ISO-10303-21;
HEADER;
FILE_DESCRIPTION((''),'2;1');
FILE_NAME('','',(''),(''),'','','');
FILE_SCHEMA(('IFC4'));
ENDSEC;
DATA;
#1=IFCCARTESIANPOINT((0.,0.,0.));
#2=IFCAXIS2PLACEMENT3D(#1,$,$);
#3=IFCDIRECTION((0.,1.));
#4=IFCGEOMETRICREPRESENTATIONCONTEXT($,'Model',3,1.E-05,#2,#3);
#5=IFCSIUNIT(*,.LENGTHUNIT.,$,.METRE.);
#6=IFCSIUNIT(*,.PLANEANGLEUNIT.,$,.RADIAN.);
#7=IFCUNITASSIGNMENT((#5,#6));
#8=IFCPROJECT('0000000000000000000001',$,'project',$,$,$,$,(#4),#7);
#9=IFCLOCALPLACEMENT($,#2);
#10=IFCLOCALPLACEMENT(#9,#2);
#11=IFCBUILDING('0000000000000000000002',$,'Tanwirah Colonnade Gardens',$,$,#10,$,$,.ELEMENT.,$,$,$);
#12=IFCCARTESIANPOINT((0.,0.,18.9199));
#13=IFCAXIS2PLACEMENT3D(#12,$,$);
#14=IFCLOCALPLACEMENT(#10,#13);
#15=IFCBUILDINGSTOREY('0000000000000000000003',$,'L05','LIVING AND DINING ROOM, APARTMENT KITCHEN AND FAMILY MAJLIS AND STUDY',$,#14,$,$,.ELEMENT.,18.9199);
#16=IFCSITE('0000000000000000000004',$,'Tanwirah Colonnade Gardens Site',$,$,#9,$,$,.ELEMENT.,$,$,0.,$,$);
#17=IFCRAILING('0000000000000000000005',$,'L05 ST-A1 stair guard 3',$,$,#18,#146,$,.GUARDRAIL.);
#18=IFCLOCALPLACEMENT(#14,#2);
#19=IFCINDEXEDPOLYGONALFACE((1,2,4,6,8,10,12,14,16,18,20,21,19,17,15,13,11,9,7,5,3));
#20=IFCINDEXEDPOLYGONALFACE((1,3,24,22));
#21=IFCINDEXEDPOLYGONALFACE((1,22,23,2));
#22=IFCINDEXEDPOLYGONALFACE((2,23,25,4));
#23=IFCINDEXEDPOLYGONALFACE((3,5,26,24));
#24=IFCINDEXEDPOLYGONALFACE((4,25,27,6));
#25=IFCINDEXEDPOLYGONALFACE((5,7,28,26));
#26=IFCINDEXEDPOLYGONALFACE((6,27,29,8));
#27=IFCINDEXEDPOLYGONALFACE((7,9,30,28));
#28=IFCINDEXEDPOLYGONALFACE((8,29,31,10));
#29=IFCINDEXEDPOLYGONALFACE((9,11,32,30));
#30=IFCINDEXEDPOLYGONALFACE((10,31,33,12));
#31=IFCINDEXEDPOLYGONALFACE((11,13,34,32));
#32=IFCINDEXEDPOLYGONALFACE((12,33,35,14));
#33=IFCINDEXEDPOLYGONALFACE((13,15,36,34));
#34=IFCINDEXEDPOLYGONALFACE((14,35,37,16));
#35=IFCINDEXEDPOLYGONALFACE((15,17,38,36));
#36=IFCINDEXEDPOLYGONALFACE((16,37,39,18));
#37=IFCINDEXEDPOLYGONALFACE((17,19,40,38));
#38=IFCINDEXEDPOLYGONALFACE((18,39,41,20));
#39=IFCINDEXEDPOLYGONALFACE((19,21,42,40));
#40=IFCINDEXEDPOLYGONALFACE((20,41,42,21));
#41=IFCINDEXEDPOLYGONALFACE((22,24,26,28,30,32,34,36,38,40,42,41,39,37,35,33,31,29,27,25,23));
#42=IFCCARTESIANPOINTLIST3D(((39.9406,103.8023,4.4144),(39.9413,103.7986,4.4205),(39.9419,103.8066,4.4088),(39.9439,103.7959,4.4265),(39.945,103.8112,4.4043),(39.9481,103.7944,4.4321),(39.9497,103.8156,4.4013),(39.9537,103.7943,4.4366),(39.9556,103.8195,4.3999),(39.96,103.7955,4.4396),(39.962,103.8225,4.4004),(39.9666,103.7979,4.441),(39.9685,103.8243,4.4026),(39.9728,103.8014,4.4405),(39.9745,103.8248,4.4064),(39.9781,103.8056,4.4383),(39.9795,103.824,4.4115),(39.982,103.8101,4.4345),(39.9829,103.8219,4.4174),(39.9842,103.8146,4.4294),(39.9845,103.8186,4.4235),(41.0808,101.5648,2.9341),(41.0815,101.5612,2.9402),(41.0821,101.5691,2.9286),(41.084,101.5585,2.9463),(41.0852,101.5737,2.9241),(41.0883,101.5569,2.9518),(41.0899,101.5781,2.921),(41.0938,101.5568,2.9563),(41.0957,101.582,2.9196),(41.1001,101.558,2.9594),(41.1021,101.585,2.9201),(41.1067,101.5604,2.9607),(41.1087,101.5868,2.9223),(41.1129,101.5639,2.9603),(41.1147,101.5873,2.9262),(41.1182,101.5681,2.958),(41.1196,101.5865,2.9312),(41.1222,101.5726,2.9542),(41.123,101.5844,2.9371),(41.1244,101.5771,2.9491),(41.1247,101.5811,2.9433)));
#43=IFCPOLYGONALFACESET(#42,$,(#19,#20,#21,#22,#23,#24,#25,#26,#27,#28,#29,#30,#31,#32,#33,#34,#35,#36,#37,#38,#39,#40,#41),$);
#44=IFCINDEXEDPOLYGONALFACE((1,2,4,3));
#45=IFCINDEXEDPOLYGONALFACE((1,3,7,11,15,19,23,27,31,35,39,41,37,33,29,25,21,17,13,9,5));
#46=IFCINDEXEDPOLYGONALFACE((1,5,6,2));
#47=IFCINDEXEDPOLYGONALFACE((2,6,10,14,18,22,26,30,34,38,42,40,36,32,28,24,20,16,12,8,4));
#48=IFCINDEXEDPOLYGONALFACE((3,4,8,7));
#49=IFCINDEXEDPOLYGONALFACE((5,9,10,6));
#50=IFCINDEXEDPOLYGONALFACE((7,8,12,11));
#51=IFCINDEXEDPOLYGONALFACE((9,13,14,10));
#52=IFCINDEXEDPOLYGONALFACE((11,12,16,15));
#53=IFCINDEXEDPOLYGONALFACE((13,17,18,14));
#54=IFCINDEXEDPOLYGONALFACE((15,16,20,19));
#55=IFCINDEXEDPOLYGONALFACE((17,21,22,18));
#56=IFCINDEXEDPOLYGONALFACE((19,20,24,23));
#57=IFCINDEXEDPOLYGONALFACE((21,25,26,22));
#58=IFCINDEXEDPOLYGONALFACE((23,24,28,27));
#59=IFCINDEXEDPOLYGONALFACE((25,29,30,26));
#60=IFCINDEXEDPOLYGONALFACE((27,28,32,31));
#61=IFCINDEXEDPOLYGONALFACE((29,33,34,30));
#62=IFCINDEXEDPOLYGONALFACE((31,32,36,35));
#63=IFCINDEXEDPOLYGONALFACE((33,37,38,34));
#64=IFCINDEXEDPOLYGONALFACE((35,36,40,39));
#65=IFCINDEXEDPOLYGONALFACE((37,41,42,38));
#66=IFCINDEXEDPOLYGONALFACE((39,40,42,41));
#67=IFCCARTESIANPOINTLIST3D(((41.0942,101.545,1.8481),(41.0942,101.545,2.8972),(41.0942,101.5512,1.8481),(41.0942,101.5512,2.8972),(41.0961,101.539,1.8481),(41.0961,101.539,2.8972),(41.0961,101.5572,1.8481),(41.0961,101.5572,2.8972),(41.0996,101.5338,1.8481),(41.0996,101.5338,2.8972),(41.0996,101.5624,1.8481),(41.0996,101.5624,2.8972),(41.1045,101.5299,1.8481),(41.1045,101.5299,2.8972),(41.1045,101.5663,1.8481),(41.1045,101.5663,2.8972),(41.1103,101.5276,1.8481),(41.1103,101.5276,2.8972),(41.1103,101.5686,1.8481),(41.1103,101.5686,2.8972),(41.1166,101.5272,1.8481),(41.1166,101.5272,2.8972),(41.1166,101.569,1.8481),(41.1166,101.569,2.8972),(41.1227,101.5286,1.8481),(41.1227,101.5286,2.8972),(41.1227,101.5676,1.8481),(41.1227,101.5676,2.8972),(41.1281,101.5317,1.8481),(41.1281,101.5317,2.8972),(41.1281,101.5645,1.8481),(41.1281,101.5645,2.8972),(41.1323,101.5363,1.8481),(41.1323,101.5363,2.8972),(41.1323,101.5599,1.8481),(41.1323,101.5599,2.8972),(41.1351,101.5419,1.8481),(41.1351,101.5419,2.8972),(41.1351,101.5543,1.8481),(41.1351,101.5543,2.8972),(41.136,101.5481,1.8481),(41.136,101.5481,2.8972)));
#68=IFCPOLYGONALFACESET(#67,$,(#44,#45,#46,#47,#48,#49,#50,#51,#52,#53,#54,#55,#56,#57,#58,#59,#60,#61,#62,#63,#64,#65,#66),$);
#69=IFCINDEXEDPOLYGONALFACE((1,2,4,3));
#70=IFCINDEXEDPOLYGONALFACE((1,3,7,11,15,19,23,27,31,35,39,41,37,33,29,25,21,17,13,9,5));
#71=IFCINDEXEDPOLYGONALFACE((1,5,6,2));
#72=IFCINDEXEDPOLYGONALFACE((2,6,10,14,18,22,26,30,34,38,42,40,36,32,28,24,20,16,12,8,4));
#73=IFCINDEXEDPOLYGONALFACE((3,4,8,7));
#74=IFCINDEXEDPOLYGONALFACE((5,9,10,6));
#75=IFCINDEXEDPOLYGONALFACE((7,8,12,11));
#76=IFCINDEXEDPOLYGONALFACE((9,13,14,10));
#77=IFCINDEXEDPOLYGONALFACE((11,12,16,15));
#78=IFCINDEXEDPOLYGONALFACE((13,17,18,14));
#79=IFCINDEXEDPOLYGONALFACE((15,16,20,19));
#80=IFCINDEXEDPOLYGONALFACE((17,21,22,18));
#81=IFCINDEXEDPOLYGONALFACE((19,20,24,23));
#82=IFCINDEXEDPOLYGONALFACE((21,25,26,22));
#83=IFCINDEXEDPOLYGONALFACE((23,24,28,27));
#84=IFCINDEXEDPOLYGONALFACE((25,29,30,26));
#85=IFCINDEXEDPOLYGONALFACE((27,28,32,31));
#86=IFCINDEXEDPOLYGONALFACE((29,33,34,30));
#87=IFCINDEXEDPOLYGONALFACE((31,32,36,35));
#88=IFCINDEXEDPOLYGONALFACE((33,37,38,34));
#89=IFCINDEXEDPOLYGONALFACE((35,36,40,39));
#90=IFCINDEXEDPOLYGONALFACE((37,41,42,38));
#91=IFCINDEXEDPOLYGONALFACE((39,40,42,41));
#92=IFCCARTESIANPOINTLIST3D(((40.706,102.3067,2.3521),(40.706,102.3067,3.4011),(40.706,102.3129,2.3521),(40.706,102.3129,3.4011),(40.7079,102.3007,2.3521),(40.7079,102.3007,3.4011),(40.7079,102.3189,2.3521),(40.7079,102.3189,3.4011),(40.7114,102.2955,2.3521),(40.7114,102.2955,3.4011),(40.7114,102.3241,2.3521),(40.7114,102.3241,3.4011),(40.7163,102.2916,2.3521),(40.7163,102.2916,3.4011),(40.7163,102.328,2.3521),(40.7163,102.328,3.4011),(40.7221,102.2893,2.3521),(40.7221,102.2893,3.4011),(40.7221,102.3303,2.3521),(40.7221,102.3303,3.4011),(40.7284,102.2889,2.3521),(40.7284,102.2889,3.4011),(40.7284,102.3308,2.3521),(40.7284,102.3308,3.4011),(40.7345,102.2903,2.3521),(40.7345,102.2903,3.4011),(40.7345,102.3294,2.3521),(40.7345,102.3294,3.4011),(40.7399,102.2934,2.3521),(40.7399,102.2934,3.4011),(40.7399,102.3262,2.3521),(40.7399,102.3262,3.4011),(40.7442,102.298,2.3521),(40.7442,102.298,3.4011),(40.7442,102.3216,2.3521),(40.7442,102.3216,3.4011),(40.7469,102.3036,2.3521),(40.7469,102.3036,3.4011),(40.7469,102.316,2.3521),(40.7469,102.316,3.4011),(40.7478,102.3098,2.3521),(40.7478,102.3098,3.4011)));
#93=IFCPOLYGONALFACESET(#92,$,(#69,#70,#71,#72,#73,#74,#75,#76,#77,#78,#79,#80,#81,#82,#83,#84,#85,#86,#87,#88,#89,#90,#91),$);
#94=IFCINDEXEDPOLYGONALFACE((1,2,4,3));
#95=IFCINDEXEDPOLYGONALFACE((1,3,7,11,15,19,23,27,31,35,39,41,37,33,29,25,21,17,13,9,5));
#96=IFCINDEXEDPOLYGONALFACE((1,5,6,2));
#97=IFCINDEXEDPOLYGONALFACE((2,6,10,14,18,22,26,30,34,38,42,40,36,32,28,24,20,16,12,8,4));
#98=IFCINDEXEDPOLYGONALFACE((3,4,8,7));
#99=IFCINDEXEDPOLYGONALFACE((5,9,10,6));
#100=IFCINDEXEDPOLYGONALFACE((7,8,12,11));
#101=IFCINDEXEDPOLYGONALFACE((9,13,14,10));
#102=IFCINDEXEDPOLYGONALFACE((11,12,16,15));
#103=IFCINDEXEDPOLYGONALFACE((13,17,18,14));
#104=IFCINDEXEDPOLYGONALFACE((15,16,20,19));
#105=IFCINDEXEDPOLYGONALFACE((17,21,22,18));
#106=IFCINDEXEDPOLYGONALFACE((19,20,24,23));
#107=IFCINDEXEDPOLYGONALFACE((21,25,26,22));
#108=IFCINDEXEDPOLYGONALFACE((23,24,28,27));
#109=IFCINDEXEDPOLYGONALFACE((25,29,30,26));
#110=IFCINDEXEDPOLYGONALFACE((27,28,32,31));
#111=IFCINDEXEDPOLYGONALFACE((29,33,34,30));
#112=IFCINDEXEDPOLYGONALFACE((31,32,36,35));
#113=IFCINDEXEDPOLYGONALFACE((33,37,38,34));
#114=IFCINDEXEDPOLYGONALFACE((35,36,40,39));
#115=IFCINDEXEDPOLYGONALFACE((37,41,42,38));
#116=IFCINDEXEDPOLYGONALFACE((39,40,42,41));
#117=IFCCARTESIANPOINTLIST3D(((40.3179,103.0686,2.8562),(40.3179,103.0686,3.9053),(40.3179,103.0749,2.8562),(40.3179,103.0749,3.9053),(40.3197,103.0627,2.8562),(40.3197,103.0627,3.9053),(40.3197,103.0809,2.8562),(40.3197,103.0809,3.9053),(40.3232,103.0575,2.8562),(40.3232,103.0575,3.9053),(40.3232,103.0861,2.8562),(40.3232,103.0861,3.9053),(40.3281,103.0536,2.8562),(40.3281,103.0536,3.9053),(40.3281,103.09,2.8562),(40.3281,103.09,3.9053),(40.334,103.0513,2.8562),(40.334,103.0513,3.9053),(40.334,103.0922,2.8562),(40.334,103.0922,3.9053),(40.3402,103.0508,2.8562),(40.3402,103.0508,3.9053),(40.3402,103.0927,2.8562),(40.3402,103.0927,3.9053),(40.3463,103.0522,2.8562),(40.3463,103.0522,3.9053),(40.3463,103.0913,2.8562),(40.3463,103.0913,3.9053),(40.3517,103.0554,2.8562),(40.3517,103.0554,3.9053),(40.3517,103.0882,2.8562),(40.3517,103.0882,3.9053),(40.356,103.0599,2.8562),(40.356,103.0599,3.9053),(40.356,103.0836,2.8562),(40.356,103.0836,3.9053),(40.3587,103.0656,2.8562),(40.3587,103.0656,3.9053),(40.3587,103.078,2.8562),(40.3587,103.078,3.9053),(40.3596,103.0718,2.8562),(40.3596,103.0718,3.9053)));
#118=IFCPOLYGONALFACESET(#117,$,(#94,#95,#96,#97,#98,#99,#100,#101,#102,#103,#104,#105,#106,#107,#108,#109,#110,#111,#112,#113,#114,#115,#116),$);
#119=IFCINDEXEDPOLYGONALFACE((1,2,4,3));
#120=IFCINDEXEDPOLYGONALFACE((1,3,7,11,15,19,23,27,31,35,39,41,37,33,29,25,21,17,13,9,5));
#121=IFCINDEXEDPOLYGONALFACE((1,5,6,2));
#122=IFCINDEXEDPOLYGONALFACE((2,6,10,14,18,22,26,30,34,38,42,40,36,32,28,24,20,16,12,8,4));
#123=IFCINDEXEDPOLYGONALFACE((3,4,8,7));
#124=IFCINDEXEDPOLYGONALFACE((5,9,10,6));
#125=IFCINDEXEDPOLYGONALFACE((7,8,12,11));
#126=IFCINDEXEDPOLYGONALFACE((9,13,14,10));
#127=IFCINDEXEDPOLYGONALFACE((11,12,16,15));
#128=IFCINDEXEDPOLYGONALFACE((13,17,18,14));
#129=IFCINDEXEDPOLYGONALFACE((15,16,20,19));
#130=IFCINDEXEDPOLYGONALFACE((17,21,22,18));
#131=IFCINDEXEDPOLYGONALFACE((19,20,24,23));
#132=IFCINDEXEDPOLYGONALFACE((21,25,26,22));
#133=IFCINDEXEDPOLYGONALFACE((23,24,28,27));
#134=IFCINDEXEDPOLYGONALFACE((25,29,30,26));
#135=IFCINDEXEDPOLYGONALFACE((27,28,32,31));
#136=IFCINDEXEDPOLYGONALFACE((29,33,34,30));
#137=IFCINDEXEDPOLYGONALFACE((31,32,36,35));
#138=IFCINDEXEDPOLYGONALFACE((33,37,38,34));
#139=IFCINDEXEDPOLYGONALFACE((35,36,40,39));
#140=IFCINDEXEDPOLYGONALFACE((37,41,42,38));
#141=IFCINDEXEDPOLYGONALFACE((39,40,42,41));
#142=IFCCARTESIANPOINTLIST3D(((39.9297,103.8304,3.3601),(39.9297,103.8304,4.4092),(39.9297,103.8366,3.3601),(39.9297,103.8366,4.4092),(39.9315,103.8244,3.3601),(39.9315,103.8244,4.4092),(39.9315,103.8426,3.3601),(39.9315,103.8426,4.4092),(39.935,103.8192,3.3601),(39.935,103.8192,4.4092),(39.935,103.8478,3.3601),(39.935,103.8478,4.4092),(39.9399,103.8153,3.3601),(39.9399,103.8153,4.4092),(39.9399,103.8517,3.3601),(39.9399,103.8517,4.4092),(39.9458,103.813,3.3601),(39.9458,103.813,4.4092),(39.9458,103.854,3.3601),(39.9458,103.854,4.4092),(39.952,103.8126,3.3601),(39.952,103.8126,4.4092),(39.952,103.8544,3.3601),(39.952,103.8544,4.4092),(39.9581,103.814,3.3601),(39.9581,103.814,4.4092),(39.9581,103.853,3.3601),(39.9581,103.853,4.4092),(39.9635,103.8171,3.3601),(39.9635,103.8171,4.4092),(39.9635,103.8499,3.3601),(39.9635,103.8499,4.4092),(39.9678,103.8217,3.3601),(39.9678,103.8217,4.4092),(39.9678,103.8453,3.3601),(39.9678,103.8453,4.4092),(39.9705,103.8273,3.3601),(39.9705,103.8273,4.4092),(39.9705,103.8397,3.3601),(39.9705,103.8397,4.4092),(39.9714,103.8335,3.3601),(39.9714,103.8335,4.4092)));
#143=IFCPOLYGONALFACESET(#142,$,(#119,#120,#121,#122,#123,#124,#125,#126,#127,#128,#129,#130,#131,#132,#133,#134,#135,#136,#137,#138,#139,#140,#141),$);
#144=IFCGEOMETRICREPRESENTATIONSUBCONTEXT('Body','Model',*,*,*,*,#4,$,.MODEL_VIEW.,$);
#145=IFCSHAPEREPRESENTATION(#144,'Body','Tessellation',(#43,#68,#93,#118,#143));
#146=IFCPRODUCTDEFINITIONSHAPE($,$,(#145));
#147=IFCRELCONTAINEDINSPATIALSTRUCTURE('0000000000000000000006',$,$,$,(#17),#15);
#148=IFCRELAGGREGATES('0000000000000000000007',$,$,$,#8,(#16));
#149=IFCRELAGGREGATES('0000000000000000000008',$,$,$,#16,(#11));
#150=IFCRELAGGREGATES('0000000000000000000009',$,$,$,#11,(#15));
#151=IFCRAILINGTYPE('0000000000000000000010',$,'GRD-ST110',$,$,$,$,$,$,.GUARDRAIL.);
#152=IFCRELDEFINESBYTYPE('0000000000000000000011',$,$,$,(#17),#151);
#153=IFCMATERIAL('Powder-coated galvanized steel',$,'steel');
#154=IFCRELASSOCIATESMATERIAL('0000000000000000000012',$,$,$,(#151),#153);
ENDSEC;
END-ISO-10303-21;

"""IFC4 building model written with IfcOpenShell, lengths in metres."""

from ifc_helpers import new_model, si_unit, direction, frame, origin, origin_2d, place, context, subcontext, project, spatial, circle, extrude, material, type_object, element, save


model = new_model("IFC4")

# Units and contexts
model_context = context("Model", 3, precision=1e-05, world=origin(), true_north=direction((0.0, 1.0)))
body_context = subcontext(model_context, "Body", "Model", "MODEL_VIEW")
ifc_project = project(units=[si_unit("LENGTHUNIT", "METRE"), si_unit("PLANEANGLEUNIT", "RADIAN")], contexts=[model_context])

# Site, building, storey
site_placement = place(None, origin())
site = spatial("IfcSite", under=ifc_project, at=site_placement, Name="Tanwirah Colonnade Gardens Site", CompositionType="ELEMENT", RefElevation=0.0)
building_placement = place(site_placement, origin())
building = spatial("IfcBuilding", under=site, at=building_placement, Name="Tanwirah Colonnade Gardens", CompositionType="ELEMENT")
storey_placement = place(building_placement, frame((0.0, 0.0, 18.9199)))
storey = spatial("IfcBuildingStorey", under=building, at=storey_placement, Name="L05", Description="LIVING AND DINING ROOM, APARTMENT KITCHEN AND FAMILY MAJLIS AND STUDY", CompositionType="ELEMENT", Elevation=18.9199)

# Railing
ifc_material_1 = material(Name="Powder-coated galvanized steel", Category="steel")
railing_type_1 = type_object("IfcRailingType", Name="GRD-ST110", PredefinedType="GUARDRAIL", material=ifc_material_1)
railing_1_placement = place(storey_placement, frame((41.115, 101.5481, 1.8481)))
element("IfcRailing", 1, at=railing_1_placement, inside=storey, type_object=railing_type_1, Name="L05 ST-A1 stair guard 3", PredefinedType="GUARDRAIL", context=body_context, shape_type="SweptSolid", body=[
    extrude(circle(Radius=0.0239, at=origin_2d()), frame((-0.0122, 0.0239, 1.092), z_axis=(-0.391122, 0.767567, 0.507803), x_axis=(-0.890994, -0.454016, 0.0)), (0.0, 0.0, 1.0), 2.915),
    extrude(circle(Radius=0.021, at=origin_2d()), origin(), (0.0, 0.0, 1.0), 1.0491),
    extrude(circle(Radius=0.021, at=origin_2d()), frame((-0.3882, 0.7617, 0.5039)), (0.0, 0.0, 1.0), 1.0491),
    extrude(circle(Radius=0.021, at=origin_2d()), frame((-0.7764, 1.5237, 1.0081)), (0.0, 0.0, 1.0), 1.0491),
    extrude(circle(Radius=0.021, at=origin_2d()), frame((-1.1646, 2.2854, 1.512)), (0.0, 0.0, 1.0), 1.0491),
])

save(model, "model.ifc")
